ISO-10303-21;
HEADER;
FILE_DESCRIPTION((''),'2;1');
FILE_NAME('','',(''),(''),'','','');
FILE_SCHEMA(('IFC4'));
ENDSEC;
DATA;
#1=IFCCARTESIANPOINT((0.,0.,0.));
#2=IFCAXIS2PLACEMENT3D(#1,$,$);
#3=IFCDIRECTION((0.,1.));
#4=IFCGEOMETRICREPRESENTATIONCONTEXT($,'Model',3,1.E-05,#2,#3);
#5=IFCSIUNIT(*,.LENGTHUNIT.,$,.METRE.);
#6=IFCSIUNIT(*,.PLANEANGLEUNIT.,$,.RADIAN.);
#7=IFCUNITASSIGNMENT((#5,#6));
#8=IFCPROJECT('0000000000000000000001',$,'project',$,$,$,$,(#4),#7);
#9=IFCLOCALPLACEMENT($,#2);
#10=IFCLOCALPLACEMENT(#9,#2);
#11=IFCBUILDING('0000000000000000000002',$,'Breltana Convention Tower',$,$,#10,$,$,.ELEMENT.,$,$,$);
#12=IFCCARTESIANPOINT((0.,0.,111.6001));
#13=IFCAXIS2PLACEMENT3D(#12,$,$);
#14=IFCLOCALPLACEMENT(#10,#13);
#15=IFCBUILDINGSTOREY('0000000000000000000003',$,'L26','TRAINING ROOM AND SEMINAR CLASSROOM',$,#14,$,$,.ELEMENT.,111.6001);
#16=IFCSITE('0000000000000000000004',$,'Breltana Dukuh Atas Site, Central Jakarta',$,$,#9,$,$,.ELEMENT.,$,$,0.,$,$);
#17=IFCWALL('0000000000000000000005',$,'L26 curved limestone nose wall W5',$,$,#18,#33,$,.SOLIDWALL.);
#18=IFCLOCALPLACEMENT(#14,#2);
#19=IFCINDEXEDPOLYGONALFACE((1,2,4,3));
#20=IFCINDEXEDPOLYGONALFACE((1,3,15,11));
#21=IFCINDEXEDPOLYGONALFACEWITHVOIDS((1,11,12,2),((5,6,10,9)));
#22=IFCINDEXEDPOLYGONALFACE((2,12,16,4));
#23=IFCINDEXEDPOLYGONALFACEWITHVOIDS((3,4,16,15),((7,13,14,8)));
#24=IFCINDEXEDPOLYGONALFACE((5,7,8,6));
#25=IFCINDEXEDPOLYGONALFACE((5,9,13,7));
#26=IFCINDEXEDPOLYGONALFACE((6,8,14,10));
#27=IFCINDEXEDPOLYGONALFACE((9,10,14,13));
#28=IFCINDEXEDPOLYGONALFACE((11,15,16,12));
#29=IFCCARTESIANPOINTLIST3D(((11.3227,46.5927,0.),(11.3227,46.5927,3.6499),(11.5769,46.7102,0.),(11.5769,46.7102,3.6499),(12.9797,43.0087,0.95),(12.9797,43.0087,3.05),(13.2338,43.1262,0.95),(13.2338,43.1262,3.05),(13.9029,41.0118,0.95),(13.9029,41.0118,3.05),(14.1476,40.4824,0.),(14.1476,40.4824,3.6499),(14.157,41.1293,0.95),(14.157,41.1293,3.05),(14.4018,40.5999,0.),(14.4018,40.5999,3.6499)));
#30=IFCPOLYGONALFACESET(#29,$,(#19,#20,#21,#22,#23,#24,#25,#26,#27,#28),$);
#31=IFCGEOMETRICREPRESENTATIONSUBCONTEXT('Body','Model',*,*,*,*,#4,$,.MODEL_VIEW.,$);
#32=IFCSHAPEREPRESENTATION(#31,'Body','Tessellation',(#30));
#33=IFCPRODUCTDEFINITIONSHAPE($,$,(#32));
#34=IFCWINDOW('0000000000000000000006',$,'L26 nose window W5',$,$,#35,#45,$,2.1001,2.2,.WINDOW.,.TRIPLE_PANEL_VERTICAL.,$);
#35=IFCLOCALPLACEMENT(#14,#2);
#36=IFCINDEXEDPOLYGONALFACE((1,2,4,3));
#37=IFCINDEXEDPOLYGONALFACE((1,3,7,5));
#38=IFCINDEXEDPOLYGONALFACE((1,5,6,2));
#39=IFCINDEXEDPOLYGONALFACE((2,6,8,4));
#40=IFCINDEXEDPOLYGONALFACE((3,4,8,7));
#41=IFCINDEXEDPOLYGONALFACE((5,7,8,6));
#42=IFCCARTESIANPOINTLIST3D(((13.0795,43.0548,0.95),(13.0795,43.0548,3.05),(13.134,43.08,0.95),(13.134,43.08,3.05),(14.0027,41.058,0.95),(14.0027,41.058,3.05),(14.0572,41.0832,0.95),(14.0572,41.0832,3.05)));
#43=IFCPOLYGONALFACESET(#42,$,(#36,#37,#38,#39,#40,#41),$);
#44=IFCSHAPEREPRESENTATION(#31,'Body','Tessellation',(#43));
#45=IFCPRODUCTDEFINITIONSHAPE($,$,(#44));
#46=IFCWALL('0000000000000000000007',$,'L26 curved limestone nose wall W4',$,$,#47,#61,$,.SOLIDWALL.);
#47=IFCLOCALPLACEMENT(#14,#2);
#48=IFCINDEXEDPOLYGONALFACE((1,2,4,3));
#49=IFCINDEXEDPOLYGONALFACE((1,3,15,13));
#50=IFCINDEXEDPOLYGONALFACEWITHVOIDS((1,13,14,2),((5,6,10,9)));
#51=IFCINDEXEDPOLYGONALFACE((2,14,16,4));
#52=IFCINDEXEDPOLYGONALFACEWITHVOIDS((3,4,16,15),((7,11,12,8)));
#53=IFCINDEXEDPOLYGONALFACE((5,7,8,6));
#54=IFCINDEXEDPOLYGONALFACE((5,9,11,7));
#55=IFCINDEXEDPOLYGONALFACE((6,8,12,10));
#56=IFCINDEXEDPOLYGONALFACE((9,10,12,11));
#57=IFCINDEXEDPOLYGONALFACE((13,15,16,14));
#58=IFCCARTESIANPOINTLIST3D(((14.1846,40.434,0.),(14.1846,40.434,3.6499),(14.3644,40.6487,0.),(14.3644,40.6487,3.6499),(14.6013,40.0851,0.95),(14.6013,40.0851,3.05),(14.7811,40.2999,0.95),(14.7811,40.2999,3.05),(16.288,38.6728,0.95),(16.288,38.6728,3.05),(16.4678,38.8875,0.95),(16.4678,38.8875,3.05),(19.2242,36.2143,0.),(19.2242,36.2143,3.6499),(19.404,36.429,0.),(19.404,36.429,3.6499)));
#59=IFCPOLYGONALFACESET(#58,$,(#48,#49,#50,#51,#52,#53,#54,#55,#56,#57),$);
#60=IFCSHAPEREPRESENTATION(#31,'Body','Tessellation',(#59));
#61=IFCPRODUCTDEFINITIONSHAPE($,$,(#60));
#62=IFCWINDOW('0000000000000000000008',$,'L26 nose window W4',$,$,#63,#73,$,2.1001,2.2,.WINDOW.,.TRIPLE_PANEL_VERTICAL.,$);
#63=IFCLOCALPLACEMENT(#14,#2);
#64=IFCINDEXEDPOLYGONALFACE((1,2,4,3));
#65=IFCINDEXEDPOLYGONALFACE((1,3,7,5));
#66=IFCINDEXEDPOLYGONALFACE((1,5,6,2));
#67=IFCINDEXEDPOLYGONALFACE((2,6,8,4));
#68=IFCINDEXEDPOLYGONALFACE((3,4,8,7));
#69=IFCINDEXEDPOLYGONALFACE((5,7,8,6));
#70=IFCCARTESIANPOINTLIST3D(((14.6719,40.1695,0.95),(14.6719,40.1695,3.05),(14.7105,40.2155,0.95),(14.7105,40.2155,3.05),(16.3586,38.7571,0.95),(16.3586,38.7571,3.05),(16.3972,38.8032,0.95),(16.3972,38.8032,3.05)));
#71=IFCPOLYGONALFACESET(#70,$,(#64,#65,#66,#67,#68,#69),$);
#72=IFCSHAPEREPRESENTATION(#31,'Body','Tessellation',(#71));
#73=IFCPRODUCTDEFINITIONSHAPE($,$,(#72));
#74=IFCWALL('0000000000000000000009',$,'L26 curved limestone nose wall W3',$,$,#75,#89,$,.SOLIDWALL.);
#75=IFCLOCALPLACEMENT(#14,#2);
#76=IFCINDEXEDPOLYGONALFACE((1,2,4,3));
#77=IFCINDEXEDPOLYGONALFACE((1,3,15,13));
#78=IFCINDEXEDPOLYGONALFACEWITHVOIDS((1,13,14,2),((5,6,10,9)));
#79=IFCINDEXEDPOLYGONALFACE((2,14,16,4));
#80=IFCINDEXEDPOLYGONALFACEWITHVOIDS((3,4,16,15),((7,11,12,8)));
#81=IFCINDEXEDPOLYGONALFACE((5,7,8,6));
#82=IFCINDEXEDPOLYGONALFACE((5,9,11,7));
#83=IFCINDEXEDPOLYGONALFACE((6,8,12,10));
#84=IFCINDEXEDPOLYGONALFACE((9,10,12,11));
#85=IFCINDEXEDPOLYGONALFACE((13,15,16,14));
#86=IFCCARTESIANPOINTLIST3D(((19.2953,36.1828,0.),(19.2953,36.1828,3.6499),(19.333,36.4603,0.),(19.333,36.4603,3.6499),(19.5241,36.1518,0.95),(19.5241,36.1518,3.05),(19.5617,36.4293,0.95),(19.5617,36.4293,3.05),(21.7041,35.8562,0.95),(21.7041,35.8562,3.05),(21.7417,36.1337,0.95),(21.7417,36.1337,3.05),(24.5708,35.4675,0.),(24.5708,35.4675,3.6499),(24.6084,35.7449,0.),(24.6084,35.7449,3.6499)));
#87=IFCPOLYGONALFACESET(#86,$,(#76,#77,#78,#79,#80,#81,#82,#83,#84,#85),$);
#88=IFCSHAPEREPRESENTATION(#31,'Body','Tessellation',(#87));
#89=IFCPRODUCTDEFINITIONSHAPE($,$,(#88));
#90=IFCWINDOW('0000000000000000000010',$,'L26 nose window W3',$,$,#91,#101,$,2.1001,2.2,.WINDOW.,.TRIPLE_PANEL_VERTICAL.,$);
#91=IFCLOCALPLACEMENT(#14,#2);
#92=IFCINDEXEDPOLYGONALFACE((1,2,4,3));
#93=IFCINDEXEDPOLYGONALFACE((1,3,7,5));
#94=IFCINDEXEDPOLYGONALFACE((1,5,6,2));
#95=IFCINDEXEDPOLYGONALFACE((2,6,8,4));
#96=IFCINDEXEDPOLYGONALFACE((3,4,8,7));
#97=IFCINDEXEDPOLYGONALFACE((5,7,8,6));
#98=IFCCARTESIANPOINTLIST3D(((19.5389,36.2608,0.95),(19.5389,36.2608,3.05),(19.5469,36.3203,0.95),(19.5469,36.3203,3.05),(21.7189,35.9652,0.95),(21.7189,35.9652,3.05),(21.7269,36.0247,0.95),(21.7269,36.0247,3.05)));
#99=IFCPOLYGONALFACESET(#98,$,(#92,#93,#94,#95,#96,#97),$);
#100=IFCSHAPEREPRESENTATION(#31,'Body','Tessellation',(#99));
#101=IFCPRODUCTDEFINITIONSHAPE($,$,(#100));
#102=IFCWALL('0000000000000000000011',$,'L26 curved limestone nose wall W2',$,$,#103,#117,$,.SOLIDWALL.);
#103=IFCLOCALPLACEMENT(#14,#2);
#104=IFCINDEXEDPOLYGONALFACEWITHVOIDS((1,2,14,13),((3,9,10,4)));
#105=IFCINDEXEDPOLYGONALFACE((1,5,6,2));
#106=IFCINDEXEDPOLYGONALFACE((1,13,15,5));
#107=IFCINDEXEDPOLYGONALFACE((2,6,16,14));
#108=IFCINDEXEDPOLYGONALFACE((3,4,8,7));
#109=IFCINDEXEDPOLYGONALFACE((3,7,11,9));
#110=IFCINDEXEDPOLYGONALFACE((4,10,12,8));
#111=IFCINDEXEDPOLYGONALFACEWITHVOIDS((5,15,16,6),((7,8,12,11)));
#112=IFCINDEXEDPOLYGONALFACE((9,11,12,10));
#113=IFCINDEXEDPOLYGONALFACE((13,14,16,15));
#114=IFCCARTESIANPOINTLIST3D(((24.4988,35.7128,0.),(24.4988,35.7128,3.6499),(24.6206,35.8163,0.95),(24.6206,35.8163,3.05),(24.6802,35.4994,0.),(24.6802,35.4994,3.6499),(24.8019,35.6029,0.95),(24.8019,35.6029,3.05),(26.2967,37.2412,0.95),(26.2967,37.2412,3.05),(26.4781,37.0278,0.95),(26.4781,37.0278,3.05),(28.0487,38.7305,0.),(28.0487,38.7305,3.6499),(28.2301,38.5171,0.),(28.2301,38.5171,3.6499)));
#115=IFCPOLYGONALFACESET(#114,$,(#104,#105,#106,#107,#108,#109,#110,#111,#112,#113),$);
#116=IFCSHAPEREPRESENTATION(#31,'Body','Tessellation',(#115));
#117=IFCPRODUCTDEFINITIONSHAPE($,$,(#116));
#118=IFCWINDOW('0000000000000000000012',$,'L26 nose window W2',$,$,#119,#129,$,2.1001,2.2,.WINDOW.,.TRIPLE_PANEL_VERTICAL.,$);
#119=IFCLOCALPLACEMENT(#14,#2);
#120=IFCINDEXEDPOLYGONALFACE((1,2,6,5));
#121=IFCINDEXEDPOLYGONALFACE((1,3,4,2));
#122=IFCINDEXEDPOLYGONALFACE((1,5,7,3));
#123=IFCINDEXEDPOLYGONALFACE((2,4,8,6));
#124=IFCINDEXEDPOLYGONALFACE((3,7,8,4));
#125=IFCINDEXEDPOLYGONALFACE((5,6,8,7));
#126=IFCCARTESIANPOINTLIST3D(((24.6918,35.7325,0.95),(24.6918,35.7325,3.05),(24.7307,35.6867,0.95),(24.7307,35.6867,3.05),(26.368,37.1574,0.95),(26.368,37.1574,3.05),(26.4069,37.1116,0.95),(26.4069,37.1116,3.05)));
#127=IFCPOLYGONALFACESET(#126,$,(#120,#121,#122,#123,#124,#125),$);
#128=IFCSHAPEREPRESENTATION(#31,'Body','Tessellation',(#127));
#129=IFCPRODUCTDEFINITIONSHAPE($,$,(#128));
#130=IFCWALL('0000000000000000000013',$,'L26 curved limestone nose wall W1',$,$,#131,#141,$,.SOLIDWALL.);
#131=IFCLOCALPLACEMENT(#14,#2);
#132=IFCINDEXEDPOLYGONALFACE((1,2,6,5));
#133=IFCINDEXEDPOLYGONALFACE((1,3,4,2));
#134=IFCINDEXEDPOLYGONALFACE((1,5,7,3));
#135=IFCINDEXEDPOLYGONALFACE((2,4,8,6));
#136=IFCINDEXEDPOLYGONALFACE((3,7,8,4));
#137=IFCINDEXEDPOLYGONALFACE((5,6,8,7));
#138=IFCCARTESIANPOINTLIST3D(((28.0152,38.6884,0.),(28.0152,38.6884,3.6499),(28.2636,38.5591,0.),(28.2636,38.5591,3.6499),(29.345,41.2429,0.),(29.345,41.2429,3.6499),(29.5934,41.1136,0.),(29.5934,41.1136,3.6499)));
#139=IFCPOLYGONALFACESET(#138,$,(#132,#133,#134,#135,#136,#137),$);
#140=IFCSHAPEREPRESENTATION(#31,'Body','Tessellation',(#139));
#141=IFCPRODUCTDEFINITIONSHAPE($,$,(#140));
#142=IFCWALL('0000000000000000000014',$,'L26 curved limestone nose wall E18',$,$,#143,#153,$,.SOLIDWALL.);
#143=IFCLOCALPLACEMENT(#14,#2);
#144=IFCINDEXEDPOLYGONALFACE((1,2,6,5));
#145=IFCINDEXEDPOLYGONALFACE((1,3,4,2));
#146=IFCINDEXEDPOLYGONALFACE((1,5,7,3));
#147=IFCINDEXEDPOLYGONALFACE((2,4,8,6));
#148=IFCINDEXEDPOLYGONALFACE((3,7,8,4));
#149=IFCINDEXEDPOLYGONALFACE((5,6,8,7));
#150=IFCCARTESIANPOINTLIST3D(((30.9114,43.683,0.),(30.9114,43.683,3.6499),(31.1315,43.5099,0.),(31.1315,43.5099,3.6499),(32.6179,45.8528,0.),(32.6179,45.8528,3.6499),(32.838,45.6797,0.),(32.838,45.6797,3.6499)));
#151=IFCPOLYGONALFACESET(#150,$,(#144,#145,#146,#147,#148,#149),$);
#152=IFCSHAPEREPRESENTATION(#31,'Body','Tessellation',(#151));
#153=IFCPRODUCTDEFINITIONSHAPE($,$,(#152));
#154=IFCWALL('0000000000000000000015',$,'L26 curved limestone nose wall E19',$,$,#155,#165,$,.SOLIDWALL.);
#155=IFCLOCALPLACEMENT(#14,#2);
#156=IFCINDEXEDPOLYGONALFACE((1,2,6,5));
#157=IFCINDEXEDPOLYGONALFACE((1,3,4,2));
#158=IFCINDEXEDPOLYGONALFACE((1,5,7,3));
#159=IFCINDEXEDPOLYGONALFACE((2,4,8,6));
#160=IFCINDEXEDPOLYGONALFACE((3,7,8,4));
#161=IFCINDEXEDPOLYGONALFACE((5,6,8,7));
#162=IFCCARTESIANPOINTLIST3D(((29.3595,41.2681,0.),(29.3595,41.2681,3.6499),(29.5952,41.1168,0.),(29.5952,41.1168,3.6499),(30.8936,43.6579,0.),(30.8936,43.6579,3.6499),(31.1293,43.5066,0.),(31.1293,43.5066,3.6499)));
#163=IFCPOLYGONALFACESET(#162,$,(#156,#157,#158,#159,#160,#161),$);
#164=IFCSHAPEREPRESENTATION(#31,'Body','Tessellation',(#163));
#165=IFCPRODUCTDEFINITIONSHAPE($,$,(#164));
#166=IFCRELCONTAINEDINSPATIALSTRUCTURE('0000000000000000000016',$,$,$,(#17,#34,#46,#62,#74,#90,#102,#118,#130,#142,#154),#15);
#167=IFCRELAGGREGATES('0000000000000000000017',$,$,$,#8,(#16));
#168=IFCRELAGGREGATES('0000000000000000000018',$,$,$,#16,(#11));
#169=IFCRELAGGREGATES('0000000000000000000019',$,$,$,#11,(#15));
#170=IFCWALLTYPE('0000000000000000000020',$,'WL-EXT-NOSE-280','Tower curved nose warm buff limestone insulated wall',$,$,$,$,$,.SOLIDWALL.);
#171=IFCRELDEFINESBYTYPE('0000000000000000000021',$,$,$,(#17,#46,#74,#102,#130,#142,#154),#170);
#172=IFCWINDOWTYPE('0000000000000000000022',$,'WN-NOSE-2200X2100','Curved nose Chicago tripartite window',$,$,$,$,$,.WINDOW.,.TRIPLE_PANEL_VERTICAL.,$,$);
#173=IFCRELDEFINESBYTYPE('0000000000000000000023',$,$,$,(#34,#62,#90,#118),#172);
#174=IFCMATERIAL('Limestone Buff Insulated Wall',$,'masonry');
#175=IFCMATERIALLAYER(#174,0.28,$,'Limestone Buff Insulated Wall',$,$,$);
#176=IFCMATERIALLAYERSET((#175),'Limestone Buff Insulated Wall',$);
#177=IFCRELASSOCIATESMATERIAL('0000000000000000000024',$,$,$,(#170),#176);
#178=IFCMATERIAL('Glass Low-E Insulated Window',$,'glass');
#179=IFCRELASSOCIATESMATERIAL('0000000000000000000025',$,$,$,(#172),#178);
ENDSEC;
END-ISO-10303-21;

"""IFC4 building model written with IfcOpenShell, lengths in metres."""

from ifc_helpers import new_model, si_unit, direction, frame, frame_2d, origin, place, context, subcontext, project, spatial, rectangle, extrude, source, transform, mapped, material, layer, layer_set, type_object, type_shapes, element, fill, save


model = new_model("IFC4")

# Units and contexts
model_context = context("Model", 3, precision=1e-05, world=origin(), true_north=direction((0.0, 1.0)))
body_context = subcontext(model_context, "Body", "Model", "MODEL_VIEW")
ifc_project = project(units=[si_unit("LENGTHUNIT", "METRE"), si_unit("PLANEANGLEUNIT", "RADIAN")], contexts=[model_context])

# Site, building, storey
site_placement = place(None, origin())
site = spatial("IfcSite", under=ifc_project, at=site_placement, Name="Breltana Dukuh Atas Site, Central Jakarta", CompositionType="ELEMENT", RefElevation=0.0)
building_placement = place(site_placement, origin())
building = spatial("IfcBuilding", under=site, at=building_placement, Name="Breltana Convention Tower", CompositionType="ELEMENT")
storey_placement = place(building_placement, frame((0.0, 0.0, 111.6001)))
storey = spatial("IfcBuildingStorey", under=building, at=storey_placement, Name="L26", Description="TRAINING ROOM AND SEMINAR CLASSROOM", CompositionType="ELEMENT", Elevation=111.6001)

# Walls, openings, windows
ifc_material_1 = material(Name="Limestone Buff Insulated Wall", Category="masonry")
ifc_layer_1 = layer(ifc_material_1, 0.28, Name="Limestone Buff Insulated Wall")
ifc_layer_set_1 = layer_set([ifc_layer_1], Name="Limestone Buff Insulated Wall")
wall_type_1 = type_object("IfcWallType", Name="WL-EXT-NOSE-280", Description="Tower curved nose warm buff limestone insulated wall", PredefinedType="SOLIDWALL", material=ifc_layer_set_1)
shared_shape_1 = source(origin(), body_context, "Body", "SweptSolid", [
    extrude(rectangle(XDim=6.7317, YDim=0.28, at=frame_2d((3.3657, 0.0))), origin(), (0.0, 0.0, 1.0), 3.6499),
])
wall_1_placement = place(storey_placement, frame((14.2747, 40.5413, 0.0), z_axis=(0.0, 0.0, 1.0), x_axis=(-0.419645, 0.907689, 0.0)))
wall_1 = element("IfcWall", 1, at=wall_1_placement, inside=storey, type_object=wall_type_1, Name="L26 curved limestone nose wall W5", PredefinedType="SOLIDWALL", context=body_context, shape_type="MappedRepresentation", body=[
    mapped(shared_shape_1, transform((0.0, 0.0, 0.0), scale=1.0)),
])
opening_1_placement = place(wall_1_placement, frame((0.583, 0.0, 0.95)))
opening_1 = element("IfcOpeningElement", 2, at=opening_1_placement, cuts=wall_1, PredefinedType="OPENING", context=body_context, shape_type="SweptSolid", body=[
    extrude(rectangle(XDim=2.2, YDim=2.1001, at=frame_2d((1.1001, 1.05))), frame((0.0, 0.1499, 0.0), z_axis=(0.0, -1.0, 0.0), x_axis=(1.0, 0.0, 0.0)), (0.0, 0.0, 1.0), 0.3),
])
ifc_material_2 = material(Name="Glass Low-E Insulated Window", Category="glass")
window_type = type_object("IfcWindowType", Name="WN-NOSE-2200X2100", Description="Curved nose Chicago tripartite window", PartitioningType="TRIPLE_PANEL_VERTICAL", PredefinedType="WINDOW", material=ifc_material_2)
shared_shape_2 = source(origin(), body_context, "Body", "SweptSolid", [
    extrude(rectangle(XDim=2.2, YDim=2.1001, at=frame_2d((1.1001, 1.05))), frame((0.0, 0.03, 0.0), z_axis=(0.0, -1.0, 0.0), x_axis=(1.0, 0.0, 0.0)), (0.0, 0.0, 1.0), 0.0601),
])
type_shapes(window_type, [shared_shape_2])
window_1_placement = place(opening_1_placement, origin())
window_1 = element("IfcWindow", 3, at=window_1_placement, inside=storey, type_object=window_type, Name="L26 nose window W5", OverallHeight=2.1001, OverallWidth=2.2, PartitioningType="TRIPLE_PANEL_VERTICAL", PredefinedType="WINDOW", context=body_context, shape_type="MappedRepresentation", body=[
    mapped(shared_shape_2, transform((0.0, 0.0, 0.0), scale=1.0)),
])
fill(opening_1, window_1)
shared_shape_3 = source(origin(), body_context, "Body", "SweptSolid", [
    extrude(rectangle(XDim=6.573, YDim=0.28, at=frame_2d((3.2866, 0.0))), origin(), (0.0, 0.0, 1.0), 3.6499),
])
wall_2_placement = place(storey_placement, frame((19.3142, 36.3215, 0.0), z_axis=(0.0, 0.0, 1.0), x_axis=(-0.766715, 0.641987, 0.0)))
wall_2 = element("IfcWall", 4, at=wall_2_placement, inside=storey, type_object=wall_type_1, Name="L26 curved limestone nose wall W4", PredefinedType="SOLIDWALL", context=body_context, shape_type="MappedRepresentation", body=[
    mapped(shared_shape_3, transform((0.0, 0.0, 0.0), scale=1.0)),
])
opening_2_placement = place(wall_2_placement, frame((3.8296, 0.0, 0.95)))
opening_2 = element("IfcOpeningElement", 5, at=opening_2_placement, cuts=wall_2, PredefinedType="OPENING", context=body_context, shape_type="SweptSolid", body=[
    extrude(rectangle(XDim=2.2, YDim=2.1001, at=frame_2d((1.1001, 1.05))), frame((0.0, 0.1499, 0.0), z_axis=(0.0, -1.0, 0.0), x_axis=(1.0, 0.0, 0.0)), (0.0, 0.0, 1.0), 0.3),
])
window_2_placement = place(opening_2_placement, origin())
window_2 = element("IfcWindow", 6, at=window_2_placement, inside=storey, type_object=window_type, Name="L26 nose window W4", OverallHeight=2.1001, OverallWidth=2.2, PartitioningType="TRIPLE_PANEL_VERTICAL", PredefinedType="WINDOW", context=body_context, shape_type="MappedRepresentation", body=[
    mapped(shared_shape_2, transform((0.0, 0.0, 0.0), scale=1.0)),
])
fill(opening_2, window_2)
shared_shape_4 = source(origin(), body_context, "Body", "SweptSolid", [
    extrude(rectangle(XDim=5.3237, YDim=0.28, at=frame_2d((2.6619, 0.0))), origin(), (0.0, 0.0, 1.0), 3.6499),
])
wall_3_placement = place(storey_placement, frame((24.5896, 35.6062, 0.0), z_axis=(0.0, 0.0, 1.0), x_axis=(-0.990931, 0.134368, 0.0)))
wall_3 = element("IfcWall", 7, at=wall_3_placement, inside=storey, type_object=wall_type_1, Name="L26 curved limestone nose wall W3", PredefinedType="SOLIDWALL", context=body_context, shape_type="MappedRepresentation", body=[
    mapped(shared_shape_4, transform((0.0, 0.0, 0.0), scale=1.0)),
])
opening_3_placement = place(wall_3_placement, frame((2.8928, 0.0, 0.95)))
opening_3 = element("IfcOpeningElement", 8, at=opening_3_placement, cuts=wall_3, PredefinedType="OPENING", context=body_context, shape_type="SweptSolid", body=[
    extrude(rectangle(XDim=2.2, YDim=2.1001, at=frame_2d((1.1001, 1.05))), frame((0.0, 0.1499, 0.0), z_axis=(0.0, -1.0, 0.0), x_axis=(1.0, 0.0, 0.0)), (0.0, 0.0, 1.0), 0.3),
])
window_3_placement = place(opening_3_placement, origin())
window_3 = element("IfcWindow", 9, at=window_3_placement, inside=storey, type_object=window_type, Name="L26 nose window W3", OverallHeight=2.1001, OverallWidth=2.2, PartitioningType="TRIPLE_PANEL_VERTICAL", PredefinedType="WINDOW", context=body_context, shape_type="MappedRepresentation", body=[
    mapped(shared_shape_2, transform((0.0, 0.0, 0.0), scale=1.0)),
])
fill(opening_3, window_3)
shared_shape_5 = source(origin(), body_context, "Body", "SweptSolid", [
    extrude(rectangle(XDim=4.6592, YDim=0.28, at=frame_2d((2.3296, 0.0))), origin(), (0.0, 0.0, 1.0), 3.6499),
])
wall_4_placement = place(storey_placement, frame((28.1394, 38.6238, 0.0), z_axis=(0.0, 0.0, 1.0), x_axis=(-0.761913, -0.647679, 0.0)))
wall_4 = element("IfcWall", 10, at=wall_4_placement, inside=storey, type_object=wall_type_1, Name="L26 curved limestone nose wall W2", PredefinedType="SOLIDWALL", context=body_context, shape_type="MappedRepresentation", body=[
    mapped(shared_shape_5, transform((0.0, 0.0, 0.0), scale=1.0)),
])
opening_4_placement = place(wall_4_placement, frame((2.2993, 0.0, 0.95)))
opening_4 = element("IfcOpeningElement", 11, at=opening_4_placement, cuts=wall_4, PredefinedType="OPENING", context=body_context, shape_type="SweptSolid", body=[
    extrude(rectangle(XDim=2.2, YDim=2.1001, at=frame_2d((1.1001, 1.05))), frame((0.0, 0.1499, 0.0), z_axis=(0.0, -1.0, 0.0), x_axis=(1.0, 0.0, 0.0)), (0.0, 0.0, 1.0), 0.3),
])
window_4_placement = place(opening_4_placement, origin())
window_4 = element("IfcWindow", 12, at=window_4_placement, inside=storey, type_object=window_type, Name="L26 nose window W2", OverallHeight=2.1001, OverallWidth=2.2, PartitioningType="TRIPLE_PANEL_VERTICAL", PredefinedType="WINDOW", context=body_context, shape_type="MappedRepresentation", body=[
    mapped(shared_shape_2, transform((0.0, 0.0, 0.0), scale=1.0)),
])
fill(opening_4, window_4)

# Walls
shared_shape_6 = source(origin(), body_context, "Body", "SweptSolid", [
    extrude(rectangle(XDim=2.8799, YDim=0.28, at=frame_2d((1.4399, 0.0))), origin(), (0.0, 0.0, 1.0), 3.6499),
])
wall_5_placement = place(storey_placement, frame((29.4692, 41.1782, 0.0), z_axis=(0.0, 0.0, 1.0), x_axis=(-0.461769, -0.887, 0.0)))
element("IfcWall", 13, at=wall_5_placement, inside=storey, type_object=wall_type_1, Name="L26 curved limestone nose wall W1", PredefinedType="SOLIDWALL", context=body_context, shape_type="MappedRepresentation", body=[
    mapped(shared_shape_6, transform((0.0, 0.0, 0.0), scale=1.0)),
])
shared_shape_7 = source(origin(), body_context, "Body", "SweptSolid", [
    extrude(rectangle(XDim=2.7605, YDim=0.28, at=frame_2d((1.3804, 0.0))), origin(), (0.0, 0.0, 1.0), 3.6499),
])
wall_6_placement = place(storey_placement, frame((32.728, 45.7664, 0.0), z_axis=(0.0, 0.0, 1.0), x_axis=(-0.618181, -0.786036, 0.0)))
element("IfcWall", 14, at=wall_6_placement, inside=storey, type_object=wall_type_1, Name="L26 curved limestone nose wall E18", PredefinedType="SOLIDWALL", context=body_context, shape_type="MappedRepresentation", body=[
    mapped(shared_shape_7, transform((0.0, 0.0, 0.0), scale=1.0)),
])
shared_shape_8 = source(origin(), body_context, "Body", "SweptSolid", [
    extrude(rectangle(XDim=2.8398, YDim=0.28, at=frame_2d((1.4199, 0.0))), origin(), (0.0, 0.0, 1.0), 3.6499),
])
wall_7_placement = place(storey_placement, frame((31.0115, 43.5823, 0.0), z_axis=(0.0, 0.0, 1.0), x_axis=(-0.540214, -0.841527, 0.0)))
element("IfcWall", 15, at=wall_7_placement, inside=storey, type_object=wall_type_1, Name="L26 curved limestone nose wall E19", PredefinedType="SOLIDWALL", context=body_context, shape_type="MappedRepresentation", body=[
    mapped(shared_shape_8, transform((0.0, 0.0, 0.0), scale=1.0)),
])

save(model, "model.ifc")
